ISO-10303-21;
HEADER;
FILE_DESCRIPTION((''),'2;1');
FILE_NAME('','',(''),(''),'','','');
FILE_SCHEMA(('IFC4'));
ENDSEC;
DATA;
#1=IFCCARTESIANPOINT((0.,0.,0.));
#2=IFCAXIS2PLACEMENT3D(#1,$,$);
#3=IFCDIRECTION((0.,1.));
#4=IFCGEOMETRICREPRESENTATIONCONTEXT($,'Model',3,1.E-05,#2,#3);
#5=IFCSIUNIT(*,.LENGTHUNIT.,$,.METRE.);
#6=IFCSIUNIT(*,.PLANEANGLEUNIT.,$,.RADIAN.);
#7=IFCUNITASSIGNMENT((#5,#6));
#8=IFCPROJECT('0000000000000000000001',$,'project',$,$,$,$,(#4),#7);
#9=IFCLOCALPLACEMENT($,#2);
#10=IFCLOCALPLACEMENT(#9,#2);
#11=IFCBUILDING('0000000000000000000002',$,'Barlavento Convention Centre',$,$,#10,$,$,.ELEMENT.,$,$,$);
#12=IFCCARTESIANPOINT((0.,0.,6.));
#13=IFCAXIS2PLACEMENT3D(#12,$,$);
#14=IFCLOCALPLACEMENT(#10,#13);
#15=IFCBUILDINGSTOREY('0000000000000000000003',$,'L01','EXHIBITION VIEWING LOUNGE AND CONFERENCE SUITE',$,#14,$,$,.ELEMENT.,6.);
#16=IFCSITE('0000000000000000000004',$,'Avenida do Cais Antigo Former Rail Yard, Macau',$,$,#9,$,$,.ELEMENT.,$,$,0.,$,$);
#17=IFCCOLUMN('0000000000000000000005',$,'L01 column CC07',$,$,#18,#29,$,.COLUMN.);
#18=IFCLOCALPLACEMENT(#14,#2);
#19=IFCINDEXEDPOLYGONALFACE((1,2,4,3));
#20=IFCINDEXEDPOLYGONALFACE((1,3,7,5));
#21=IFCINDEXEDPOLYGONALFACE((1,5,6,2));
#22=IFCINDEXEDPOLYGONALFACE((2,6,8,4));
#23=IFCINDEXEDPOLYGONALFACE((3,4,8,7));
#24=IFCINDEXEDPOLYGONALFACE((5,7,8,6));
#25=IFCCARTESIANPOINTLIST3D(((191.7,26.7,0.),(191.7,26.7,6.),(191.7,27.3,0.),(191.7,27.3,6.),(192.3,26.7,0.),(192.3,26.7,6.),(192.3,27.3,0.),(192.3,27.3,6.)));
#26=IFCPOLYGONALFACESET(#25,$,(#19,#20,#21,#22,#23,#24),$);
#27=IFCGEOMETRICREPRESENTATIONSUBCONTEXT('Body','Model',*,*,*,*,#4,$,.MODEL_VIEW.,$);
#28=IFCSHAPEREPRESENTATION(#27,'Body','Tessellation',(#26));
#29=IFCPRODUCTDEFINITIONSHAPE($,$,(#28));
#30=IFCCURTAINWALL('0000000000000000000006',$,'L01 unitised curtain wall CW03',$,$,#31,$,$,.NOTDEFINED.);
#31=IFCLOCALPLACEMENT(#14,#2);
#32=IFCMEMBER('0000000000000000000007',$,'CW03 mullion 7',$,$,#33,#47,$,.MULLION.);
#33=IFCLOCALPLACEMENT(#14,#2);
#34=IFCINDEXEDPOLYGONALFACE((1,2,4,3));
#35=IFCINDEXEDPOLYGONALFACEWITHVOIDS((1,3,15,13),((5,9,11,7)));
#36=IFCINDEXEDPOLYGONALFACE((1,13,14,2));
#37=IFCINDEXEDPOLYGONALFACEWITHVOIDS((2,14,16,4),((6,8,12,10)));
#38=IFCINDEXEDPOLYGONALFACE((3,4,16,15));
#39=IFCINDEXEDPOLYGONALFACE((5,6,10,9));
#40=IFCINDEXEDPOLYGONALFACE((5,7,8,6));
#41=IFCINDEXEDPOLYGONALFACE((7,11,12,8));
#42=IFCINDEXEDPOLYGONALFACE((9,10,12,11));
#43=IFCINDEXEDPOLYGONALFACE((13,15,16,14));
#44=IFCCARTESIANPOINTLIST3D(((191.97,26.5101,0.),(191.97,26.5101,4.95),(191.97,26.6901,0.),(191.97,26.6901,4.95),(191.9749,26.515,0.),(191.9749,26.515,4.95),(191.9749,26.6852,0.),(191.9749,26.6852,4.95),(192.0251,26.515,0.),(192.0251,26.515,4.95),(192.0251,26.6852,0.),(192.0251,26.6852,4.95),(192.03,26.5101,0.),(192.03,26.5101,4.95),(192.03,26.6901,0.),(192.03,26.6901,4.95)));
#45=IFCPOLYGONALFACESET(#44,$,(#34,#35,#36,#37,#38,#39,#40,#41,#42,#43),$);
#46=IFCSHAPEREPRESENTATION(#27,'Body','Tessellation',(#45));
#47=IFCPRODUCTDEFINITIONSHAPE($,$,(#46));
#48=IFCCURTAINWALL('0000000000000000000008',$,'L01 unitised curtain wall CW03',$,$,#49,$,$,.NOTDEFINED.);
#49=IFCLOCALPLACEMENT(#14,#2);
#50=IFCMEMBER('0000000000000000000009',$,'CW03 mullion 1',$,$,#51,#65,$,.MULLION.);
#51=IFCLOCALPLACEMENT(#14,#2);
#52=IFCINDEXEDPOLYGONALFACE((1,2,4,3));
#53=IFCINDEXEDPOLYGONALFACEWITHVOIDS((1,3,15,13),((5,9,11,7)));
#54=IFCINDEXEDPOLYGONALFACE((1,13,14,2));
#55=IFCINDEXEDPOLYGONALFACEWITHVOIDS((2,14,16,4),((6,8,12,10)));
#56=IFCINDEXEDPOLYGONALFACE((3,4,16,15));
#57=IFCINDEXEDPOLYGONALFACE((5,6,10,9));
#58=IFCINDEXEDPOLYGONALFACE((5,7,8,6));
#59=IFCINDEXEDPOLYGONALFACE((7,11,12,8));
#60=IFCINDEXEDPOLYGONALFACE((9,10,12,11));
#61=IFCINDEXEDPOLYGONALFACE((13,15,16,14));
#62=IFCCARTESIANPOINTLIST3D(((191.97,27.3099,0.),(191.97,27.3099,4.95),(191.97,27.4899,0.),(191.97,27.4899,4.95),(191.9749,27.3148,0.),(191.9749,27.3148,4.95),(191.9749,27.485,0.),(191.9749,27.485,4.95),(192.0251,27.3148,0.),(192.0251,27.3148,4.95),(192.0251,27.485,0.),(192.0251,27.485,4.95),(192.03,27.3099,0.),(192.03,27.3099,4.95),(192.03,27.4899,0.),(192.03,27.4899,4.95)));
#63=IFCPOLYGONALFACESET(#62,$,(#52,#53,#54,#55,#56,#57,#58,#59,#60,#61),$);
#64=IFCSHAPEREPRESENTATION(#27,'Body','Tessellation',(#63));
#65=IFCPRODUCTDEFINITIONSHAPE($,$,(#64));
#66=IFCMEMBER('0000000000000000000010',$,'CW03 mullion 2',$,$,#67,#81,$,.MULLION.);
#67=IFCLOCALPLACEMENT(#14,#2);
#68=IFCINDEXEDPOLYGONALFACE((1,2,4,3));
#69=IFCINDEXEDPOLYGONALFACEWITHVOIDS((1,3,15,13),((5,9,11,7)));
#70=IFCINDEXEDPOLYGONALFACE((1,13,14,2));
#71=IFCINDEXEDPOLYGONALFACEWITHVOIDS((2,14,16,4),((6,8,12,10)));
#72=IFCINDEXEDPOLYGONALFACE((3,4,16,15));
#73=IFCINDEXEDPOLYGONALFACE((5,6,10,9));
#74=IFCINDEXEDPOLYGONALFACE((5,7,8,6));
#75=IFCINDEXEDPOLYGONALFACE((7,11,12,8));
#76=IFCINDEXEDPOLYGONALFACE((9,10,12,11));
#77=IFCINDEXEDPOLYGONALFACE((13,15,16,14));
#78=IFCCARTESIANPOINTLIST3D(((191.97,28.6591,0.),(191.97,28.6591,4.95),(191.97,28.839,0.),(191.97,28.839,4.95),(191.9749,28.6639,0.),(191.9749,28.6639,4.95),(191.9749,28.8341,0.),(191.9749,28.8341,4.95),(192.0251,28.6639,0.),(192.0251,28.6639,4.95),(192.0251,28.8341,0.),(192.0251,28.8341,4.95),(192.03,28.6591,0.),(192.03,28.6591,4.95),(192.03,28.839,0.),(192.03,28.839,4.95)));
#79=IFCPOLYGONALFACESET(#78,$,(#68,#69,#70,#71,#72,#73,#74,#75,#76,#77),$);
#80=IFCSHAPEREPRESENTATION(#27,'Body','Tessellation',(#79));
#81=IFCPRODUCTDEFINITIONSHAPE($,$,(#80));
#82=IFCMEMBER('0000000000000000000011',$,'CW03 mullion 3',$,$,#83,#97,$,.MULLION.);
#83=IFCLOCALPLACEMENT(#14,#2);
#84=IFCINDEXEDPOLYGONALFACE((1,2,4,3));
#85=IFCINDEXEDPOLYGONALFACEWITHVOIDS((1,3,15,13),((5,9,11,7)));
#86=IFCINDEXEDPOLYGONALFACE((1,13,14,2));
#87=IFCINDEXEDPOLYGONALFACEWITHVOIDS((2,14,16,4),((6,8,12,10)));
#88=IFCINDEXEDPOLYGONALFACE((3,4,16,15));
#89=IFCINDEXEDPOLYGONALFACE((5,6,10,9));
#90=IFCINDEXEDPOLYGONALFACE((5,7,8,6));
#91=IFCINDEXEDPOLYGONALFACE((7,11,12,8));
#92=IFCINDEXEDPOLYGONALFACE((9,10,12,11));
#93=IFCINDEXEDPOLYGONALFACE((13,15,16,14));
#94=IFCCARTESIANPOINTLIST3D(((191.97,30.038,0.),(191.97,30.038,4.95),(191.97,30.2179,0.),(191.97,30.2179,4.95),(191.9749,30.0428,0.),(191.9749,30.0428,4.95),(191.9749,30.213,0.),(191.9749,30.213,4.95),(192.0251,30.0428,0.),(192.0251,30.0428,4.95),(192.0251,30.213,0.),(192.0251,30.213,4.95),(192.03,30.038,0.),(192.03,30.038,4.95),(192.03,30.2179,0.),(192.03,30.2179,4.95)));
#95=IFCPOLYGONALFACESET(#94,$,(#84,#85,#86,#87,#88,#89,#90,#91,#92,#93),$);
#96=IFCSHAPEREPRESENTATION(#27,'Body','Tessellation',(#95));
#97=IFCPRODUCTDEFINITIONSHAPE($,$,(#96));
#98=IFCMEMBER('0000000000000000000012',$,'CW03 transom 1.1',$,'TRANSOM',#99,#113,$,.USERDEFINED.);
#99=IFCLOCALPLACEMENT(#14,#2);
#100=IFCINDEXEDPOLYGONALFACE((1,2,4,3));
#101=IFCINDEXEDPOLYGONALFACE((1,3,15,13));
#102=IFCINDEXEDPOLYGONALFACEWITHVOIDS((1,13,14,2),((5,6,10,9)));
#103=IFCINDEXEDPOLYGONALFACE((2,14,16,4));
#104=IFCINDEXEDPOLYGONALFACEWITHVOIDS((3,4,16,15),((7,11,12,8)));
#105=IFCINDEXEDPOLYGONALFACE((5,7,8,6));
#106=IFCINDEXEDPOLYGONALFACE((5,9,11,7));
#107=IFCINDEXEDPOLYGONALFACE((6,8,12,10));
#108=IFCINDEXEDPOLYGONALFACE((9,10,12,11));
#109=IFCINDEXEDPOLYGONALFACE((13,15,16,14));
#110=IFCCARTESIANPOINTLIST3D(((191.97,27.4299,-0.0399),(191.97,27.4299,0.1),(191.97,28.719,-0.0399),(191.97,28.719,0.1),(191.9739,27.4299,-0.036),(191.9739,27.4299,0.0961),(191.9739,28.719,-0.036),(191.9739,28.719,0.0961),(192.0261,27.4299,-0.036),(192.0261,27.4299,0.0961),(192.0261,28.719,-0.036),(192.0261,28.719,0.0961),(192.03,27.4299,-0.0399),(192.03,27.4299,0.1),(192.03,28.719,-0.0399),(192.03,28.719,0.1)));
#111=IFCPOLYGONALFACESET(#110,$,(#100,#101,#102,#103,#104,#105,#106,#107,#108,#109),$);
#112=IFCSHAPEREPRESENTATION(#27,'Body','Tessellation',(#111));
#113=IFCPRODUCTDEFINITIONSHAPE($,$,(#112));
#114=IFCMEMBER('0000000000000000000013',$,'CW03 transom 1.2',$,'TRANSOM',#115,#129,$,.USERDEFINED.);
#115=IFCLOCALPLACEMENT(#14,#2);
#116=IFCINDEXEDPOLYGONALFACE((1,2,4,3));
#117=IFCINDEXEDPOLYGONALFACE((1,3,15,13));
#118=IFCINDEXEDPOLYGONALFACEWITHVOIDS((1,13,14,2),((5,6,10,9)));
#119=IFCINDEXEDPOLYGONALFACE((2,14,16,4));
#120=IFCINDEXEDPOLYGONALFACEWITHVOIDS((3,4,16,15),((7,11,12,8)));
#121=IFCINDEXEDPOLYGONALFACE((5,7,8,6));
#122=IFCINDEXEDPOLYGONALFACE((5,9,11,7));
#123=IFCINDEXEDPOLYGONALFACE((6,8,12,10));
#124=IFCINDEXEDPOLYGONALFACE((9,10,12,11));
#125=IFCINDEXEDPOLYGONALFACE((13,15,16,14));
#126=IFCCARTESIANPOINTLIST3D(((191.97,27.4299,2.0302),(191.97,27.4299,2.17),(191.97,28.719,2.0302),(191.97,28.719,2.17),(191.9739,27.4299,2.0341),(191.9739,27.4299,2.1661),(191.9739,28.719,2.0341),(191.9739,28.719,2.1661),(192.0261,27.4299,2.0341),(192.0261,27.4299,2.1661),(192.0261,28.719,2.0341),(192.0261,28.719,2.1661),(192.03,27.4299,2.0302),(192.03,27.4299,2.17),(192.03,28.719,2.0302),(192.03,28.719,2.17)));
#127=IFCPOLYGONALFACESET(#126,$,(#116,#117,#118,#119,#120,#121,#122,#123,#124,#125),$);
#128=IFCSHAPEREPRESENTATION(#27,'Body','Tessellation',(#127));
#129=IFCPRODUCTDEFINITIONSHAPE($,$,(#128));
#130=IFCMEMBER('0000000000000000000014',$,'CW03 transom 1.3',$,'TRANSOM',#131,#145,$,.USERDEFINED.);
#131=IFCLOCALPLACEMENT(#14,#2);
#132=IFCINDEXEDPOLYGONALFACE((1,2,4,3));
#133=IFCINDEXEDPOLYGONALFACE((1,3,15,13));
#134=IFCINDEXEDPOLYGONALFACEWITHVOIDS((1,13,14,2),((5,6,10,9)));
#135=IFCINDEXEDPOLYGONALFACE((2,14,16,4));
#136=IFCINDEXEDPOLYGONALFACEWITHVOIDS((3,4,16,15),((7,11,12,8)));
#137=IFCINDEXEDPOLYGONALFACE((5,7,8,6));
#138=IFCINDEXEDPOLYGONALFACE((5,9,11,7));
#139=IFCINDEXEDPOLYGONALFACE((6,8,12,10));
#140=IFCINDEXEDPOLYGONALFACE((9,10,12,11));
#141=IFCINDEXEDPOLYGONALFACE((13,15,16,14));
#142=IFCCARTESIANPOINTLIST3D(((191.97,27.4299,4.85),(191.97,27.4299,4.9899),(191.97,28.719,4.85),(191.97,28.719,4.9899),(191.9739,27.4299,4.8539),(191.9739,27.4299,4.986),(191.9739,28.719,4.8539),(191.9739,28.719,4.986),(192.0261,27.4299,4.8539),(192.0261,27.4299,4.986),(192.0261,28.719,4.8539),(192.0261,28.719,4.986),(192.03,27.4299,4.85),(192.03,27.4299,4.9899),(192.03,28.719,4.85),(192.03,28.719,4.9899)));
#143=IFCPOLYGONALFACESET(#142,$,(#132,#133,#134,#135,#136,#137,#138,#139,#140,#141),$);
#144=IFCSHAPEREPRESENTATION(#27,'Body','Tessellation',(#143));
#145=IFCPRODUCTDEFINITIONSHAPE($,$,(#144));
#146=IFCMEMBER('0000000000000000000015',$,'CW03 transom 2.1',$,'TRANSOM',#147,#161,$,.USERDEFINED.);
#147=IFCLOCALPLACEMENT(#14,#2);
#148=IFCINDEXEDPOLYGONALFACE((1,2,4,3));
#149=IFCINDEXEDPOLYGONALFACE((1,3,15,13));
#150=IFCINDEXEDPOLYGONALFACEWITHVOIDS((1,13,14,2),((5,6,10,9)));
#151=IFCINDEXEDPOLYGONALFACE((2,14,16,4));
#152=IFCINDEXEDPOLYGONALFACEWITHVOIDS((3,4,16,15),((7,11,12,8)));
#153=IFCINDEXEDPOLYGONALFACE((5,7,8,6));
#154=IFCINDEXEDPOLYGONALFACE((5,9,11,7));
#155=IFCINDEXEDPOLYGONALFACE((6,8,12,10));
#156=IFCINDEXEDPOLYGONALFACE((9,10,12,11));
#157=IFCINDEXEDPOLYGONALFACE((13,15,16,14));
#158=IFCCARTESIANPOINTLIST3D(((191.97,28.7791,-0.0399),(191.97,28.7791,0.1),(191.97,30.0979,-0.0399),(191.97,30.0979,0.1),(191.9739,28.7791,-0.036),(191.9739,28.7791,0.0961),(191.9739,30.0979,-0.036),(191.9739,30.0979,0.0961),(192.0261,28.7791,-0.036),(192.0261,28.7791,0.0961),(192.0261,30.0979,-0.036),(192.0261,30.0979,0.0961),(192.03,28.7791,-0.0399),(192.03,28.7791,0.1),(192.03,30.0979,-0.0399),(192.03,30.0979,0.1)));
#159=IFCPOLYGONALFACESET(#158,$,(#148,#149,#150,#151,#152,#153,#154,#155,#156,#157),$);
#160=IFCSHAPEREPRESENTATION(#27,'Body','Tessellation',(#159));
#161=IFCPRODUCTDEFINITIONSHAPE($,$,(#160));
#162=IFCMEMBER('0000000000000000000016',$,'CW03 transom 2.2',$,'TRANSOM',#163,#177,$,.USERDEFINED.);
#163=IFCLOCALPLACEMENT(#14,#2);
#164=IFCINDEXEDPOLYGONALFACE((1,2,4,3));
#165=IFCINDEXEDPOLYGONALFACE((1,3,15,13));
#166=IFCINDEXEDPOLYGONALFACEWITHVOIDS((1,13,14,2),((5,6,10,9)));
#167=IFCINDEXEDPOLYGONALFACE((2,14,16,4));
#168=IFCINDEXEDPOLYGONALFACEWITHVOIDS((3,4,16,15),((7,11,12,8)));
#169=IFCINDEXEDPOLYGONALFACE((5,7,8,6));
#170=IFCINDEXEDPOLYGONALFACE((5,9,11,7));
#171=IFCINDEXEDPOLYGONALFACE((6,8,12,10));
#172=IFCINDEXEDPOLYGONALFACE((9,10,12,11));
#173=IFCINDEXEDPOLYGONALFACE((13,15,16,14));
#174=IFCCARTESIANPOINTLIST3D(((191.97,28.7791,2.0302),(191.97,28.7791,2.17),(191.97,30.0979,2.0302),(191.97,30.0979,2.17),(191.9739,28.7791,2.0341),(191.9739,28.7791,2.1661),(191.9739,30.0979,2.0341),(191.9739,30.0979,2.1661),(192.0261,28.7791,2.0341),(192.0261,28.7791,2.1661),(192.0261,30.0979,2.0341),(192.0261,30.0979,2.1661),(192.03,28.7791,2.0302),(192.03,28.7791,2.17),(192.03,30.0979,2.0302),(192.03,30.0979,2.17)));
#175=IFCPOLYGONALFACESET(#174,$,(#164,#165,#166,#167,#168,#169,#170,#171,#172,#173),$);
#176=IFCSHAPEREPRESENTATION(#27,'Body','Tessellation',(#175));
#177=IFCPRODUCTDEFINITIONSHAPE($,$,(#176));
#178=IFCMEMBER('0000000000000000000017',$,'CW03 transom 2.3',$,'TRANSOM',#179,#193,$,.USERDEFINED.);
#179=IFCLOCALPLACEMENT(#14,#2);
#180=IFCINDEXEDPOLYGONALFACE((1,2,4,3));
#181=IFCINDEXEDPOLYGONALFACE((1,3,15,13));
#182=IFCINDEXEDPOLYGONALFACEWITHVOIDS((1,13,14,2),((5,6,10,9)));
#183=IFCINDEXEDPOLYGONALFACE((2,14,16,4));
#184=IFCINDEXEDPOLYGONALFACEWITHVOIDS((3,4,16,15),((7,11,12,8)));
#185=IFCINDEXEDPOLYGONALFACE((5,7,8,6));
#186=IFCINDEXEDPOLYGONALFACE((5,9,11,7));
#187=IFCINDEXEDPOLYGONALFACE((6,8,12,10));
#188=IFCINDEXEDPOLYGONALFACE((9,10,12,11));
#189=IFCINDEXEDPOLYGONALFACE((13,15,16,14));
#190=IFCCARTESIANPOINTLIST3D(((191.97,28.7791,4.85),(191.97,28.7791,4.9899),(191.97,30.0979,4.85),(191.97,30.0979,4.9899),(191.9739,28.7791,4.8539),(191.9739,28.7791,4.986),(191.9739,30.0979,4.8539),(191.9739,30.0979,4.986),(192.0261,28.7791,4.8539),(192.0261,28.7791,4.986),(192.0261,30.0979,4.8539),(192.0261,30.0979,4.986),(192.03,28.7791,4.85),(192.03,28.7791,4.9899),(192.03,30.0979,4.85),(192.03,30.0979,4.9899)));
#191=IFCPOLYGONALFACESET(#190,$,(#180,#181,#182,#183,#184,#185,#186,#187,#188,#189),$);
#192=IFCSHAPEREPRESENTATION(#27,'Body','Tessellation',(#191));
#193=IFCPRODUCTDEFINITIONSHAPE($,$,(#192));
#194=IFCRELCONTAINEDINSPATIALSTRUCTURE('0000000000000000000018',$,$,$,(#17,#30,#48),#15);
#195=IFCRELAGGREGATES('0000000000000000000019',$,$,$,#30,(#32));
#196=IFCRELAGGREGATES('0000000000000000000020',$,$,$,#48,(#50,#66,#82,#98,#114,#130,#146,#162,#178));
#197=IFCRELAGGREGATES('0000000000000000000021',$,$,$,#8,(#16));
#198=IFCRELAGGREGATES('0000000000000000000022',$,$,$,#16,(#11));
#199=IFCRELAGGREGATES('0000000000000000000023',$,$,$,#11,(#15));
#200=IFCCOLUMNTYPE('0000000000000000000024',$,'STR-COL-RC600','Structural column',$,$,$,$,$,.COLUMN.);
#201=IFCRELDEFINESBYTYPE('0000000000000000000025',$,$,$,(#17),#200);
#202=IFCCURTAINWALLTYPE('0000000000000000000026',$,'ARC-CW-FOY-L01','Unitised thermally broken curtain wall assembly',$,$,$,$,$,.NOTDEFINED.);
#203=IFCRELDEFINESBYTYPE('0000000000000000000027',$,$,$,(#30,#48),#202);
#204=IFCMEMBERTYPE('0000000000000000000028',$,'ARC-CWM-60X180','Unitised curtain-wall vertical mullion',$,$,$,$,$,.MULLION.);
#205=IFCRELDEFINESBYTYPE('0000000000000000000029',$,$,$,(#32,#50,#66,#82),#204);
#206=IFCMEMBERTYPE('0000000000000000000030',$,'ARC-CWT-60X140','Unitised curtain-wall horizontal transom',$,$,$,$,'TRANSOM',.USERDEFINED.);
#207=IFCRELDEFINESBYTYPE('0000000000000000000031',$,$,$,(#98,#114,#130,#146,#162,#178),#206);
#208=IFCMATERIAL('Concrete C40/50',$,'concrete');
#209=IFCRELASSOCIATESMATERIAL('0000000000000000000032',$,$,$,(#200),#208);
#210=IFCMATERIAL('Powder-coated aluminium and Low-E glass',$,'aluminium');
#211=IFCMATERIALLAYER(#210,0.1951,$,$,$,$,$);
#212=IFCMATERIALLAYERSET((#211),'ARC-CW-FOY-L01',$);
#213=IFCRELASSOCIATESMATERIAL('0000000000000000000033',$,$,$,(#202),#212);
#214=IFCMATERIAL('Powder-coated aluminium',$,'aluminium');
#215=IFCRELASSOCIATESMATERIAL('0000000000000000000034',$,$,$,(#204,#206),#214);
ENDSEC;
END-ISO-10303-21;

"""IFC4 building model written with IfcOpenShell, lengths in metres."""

from ifc_helpers import new_model, si_unit, direction, frame, origin, origin_2d, place, context, subcontext, project, spatial, rectangle, hollow_rectangle, extrude, material, layer, layer_set, material_profile, profile_set, type_object, element, aggregate, save


model = new_model("IFC4")

# Units and contexts
model_context = context("Model", 3, precision=1e-05, world=origin(), true_north=direction((0.0, 1.0)))
body_context = subcontext(model_context, "Body", "Model", "MODEL_VIEW")
ifc_project = project(units=[si_unit("LENGTHUNIT", "METRE"), si_unit("PLANEANGLEUNIT", "RADIAN")], contexts=[model_context])

# Site, building, storey
site_placement = place(None, origin())
site = spatial("IfcSite", under=ifc_project, at=site_placement, Name="Avenida do Cais Antigo Former Rail Yard, Macau", CompositionType="ELEMENT", RefElevation=0.0)
building_placement = place(site_placement, origin())
building = spatial("IfcBuilding", under=site, at=building_placement, Name="Barlavento Convention Centre", CompositionType="ELEMENT")
storey_placement = place(building_placement, frame((0.0, 0.0, 6.0)))
storey = spatial("IfcBuildingStorey", under=building, at=storey_placement, Name="L01", Description="EXHIBITION VIEWING LOUNGE AND CONFERENCE SUITE", CompositionType="ELEMENT", Elevation=6.0)

# Column
ifc_material_1 = material(Name="Concrete C40/50", Category="concrete")
ifc_material_profile_1 = material_profile(ifc_material_1, rectangle(XDim=0.6001, YDim=0.6001, at=origin_2d()), Name="RC 600x600")
ifc_profile_set_1 = profile_set([ifc_material_profile_1], Name="Concrete C40/50")
column_type = type_object("IfcColumnType", Name="STR-COL-RC600", Description="Structural column", PredefinedType="COLUMN", material=ifc_profile_set_1)
column_placement = place(storey_placement, frame((192.0, 27.0, 0.0), z_axis=(0.0, 0.0, 1.0), x_axis=(1.0, 0.0, 0.0)))
element("IfcColumn", 1, at=column_placement, inside=storey, type_object=column_type, Name="L01 column CC07", PredefinedType="COLUMN", context=body_context, shape_type="SweptSolid", body=[
    extrude(rectangle(XDim=0.6001, YDim=0.6001, at=origin_2d()), origin(), (0.0, 0.0, 1.0), 6.0),
])

# Curtain wall, member
ifc_material_2 = material(Name="Powder-coated aluminium and Low-E glass", Category="aluminium")
ifc_layer_1 = layer(ifc_material_2, 0.1951)
ifc_layer_set_1 = layer_set([ifc_layer_1], Name="ARC-CW-FOY-L01")
curtain_wall_type = type_object("IfcCurtainWallType", Name="ARC-CW-FOY-L01", Description="Unitised thermally broken curtain wall assembly", PredefinedType="NOTDEFINED", material=ifc_layer_set_1)
curtain_wall_1_placement = place(storey_placement, origin())
curtain_wall_1 = element("IfcCurtainWall", 2, at=curtain_wall_1_placement, inside=storey, type_object=curtain_wall_type, Name="L01 unitised curtain wall CW03", PredefinedType="NOTDEFINED")
ifc_material_3 = material(Name="Powder-coated aluminium", Category="aluminium")
ifc_material_profile_2 = material_profile(ifc_material_3, hollow_rectangle(XDim=0.0601, YDim=0.1799, WallThickness=0.0049, at=origin_2d()), Name="AL-MULL 60x180x5")
ifc_profile_set_2 = profile_set([ifc_material_profile_2], Name="Powder-coated aluminium")
member_type_1 = type_object("IfcMemberType", Name="ARC-CWM-60X180", Description="Unitised curtain-wall vertical mullion", PredefinedType="MULLION", material=ifc_profile_set_2)
member_1_placement = place(storey_placement, frame((192.0, 26.6001, 0.0), z_axis=(0.0, 0.0, 1.0), x_axis=(-1.0, 0.0, 0.0)))
member_1 = element("IfcMember", 3, at=member_1_placement, type_object=member_type_1, Name="CW03 mullion 7", PredefinedType="MULLION", context=body_context, shape_type="SweptSolid", body=[
    extrude(hollow_rectangle(XDim=0.0601, YDim=0.1799, WallThickness=0.0049, at=origin_2d()), origin(), (0.0, 0.0, 1.0), 4.95),
])
aggregate(curtain_wall_1, [member_1])

# Curtain wall, members
curtain_wall_2_placement = place(storey_placement, origin())
curtain_wall_2 = element("IfcCurtainWall", 4, at=curtain_wall_2_placement, inside=storey, type_object=curtain_wall_type, Name="L01 unitised curtain wall CW03", PredefinedType="NOTDEFINED")
member_2_placement = place(storey_placement, frame((192.0, 27.3999, 0.0), z_axis=(0.0, 0.0, 1.0), x_axis=(-1.0, 0.0, 0.0)))
member_2 = element("IfcMember", 5, at=member_2_placement, type_object=member_type_1, Name="CW03 mullion 1", PredefinedType="MULLION", context=body_context, shape_type="SweptSolid", body=[
    extrude(hollow_rectangle(XDim=0.0601, YDim=0.1799, WallThickness=0.0049, at=origin_2d()), origin(), (0.0, 0.0, 1.0), 4.95),
])
member_3_placement = place(storey_placement, frame((192.0, 28.749, 0.0), z_axis=(0.0, 0.0, 1.0), x_axis=(-1.0, 0.0, 0.0)))
member_3 = element("IfcMember", 6, at=member_3_placement, type_object=member_type_1, Name="CW03 mullion 2", PredefinedType="MULLION", context=body_context, shape_type="SweptSolid", body=[
    extrude(hollow_rectangle(XDim=0.0601, YDim=0.1799, WallThickness=0.0049, at=origin_2d()), origin(), (0.0, 0.0, 1.0), 4.95),
])
member_4_placement = place(storey_placement, frame((192.0, 30.1279, 0.0), z_axis=(0.0, 0.0, 1.0), x_axis=(-1.0, 0.0, 0.0)))
member_4 = element("IfcMember", 7, at=member_4_placement, type_object=member_type_1, Name="CW03 mullion 3", PredefinedType="MULLION", context=body_context, shape_type="SweptSolid", body=[
    extrude(hollow_rectangle(XDim=0.0601, YDim=0.1799, WallThickness=0.0049, at=origin_2d()), origin(), (0.0, 0.0, 1.0), 4.95),
])
ifc_material_profile_3 = material_profile(ifc_material_3, hollow_rectangle(XDim=0.0601, YDim=0.1399, WallThickness=0.0039, at=origin_2d()), Name="AL-TRAN 60x140x4")
ifc_profile_set_3 = profile_set([ifc_material_profile_3], Name="Powder-coated aluminium")
member_type_2 = type_object("IfcMemberType", Name="ARC-CWT-60X140", Description="Unitised curtain-wall horizontal transom", ElementType="TRANSOM", PredefinedType="USERDEFINED", material=ifc_profile_set_3)
member_5_placement = place(storey_placement, frame((192.0, 27.4299, 0.03), z_axis=(0.0, 1.0, 0.0), x_axis=(-1.0, 0.0, 0.0)))
member_5 = element("IfcMember", 8, at=member_5_placement, type_object=member_type_2, Name="CW03 transom 1.1", ObjectType="TRANSOM", PredefinedType="USERDEFINED", context=body_context, shape_type="SweptSolid", body=[
    extrude(hollow_rectangle(XDim=0.0601, YDim=0.1399, WallThickness=0.0039, at=origin_2d()), origin(), (0.0, 0.0, 1.0), 1.2891),
])
member_6_placement = place(storey_placement, frame((192.0, 27.4299, 2.1001), z_axis=(0.0, 1.0, 0.0), x_axis=(-1.0, 0.0, 0.0)))
member_6 = element("IfcMember", 9, at=member_6_placement, type_object=member_type_2, Name="CW03 transom 1.2", ObjectType="TRANSOM", PredefinedType="USERDEFINED", context=body_context, shape_type="SweptSolid", body=[
    extrude(hollow_rectangle(XDim=0.0601, YDim=0.1399, WallThickness=0.0039, at=origin_2d()), origin(), (0.0, 0.0, 1.0), 1.2891),
])
member_7_placement = place(storey_placement, frame((192.0, 27.4299, 4.9199), z_axis=(0.0, 1.0, 0.0), x_axis=(-1.0, 0.0, 0.0)))
member_7 = element("IfcMember", 10, at=member_7_placement, type_object=member_type_2, Name="CW03 transom 1.3", ObjectType="TRANSOM", PredefinedType="USERDEFINED", context=body_context, shape_type="SweptSolid", body=[
    extrude(hollow_rectangle(XDim=0.0601, YDim=0.1399, WallThickness=0.0039, at=origin_2d()), origin(), (0.0, 0.0, 1.0), 1.2891),
])
member_8_placement = place(storey_placement, frame((192.0, 28.7791, 0.03), z_axis=(0.0, 1.0, 0.0), x_axis=(-1.0, 0.0, 0.0)))
member_8 = element("IfcMember", 11, at=member_8_placement, type_object=member_type_2, Name="CW03 transom 2.1", ObjectType="TRANSOM", PredefinedType="USERDEFINED", context=body_context, shape_type="SweptSolid", body=[
    extrude(hollow_rectangle(XDim=0.0601, YDim=0.1399, WallThickness=0.0039, at=origin_2d()), origin(), (0.0, 0.0, 1.0), 1.3188),
])
member_9_placement = place(storey_placement, frame((192.0, 28.7791, 2.1001), z_axis=(0.0, 1.0, 0.0), x_axis=(-1.0, 0.0, 0.0)))
member_9 = element("IfcMember", 12, at=member_9_placement, type_object=member_type_2, Name="CW03 transom 2.2", ObjectType="TRANSOM", PredefinedType="USERDEFINED", context=body_context, shape_type="SweptSolid", body=[
    extrude(hollow_rectangle(XDim=0.0601, YDim=0.1399, WallThickness=0.0039, at=origin_2d()), origin(), (0.0, 0.0, 1.0), 1.3188),
])
member_10_placement = place(storey_placement, frame((192.0, 28.7791, 4.9199), z_axis=(0.0, 1.0, 0.0), x_axis=(-1.0, 0.0, 0.0)))
member_10 = element("IfcMember", 13, at=member_10_placement, type_object=member_type_2, Name="CW03 transom 2.3", ObjectType="TRANSOM", PredefinedType="USERDEFINED", context=body_context, shape_type="SweptSolid", body=[
    extrude(hollow_rectangle(XDim=0.0601, YDim=0.1399, WallThickness=0.0039, at=origin_2d()), origin(), (0.0, 0.0, 1.0), 1.3188),
])

aggregate(curtain_wall_2, [member_2, member_3, member_4, member_5, member_6, member_7, member_8, member_9, member_10])

save(model, "model.ifc")
